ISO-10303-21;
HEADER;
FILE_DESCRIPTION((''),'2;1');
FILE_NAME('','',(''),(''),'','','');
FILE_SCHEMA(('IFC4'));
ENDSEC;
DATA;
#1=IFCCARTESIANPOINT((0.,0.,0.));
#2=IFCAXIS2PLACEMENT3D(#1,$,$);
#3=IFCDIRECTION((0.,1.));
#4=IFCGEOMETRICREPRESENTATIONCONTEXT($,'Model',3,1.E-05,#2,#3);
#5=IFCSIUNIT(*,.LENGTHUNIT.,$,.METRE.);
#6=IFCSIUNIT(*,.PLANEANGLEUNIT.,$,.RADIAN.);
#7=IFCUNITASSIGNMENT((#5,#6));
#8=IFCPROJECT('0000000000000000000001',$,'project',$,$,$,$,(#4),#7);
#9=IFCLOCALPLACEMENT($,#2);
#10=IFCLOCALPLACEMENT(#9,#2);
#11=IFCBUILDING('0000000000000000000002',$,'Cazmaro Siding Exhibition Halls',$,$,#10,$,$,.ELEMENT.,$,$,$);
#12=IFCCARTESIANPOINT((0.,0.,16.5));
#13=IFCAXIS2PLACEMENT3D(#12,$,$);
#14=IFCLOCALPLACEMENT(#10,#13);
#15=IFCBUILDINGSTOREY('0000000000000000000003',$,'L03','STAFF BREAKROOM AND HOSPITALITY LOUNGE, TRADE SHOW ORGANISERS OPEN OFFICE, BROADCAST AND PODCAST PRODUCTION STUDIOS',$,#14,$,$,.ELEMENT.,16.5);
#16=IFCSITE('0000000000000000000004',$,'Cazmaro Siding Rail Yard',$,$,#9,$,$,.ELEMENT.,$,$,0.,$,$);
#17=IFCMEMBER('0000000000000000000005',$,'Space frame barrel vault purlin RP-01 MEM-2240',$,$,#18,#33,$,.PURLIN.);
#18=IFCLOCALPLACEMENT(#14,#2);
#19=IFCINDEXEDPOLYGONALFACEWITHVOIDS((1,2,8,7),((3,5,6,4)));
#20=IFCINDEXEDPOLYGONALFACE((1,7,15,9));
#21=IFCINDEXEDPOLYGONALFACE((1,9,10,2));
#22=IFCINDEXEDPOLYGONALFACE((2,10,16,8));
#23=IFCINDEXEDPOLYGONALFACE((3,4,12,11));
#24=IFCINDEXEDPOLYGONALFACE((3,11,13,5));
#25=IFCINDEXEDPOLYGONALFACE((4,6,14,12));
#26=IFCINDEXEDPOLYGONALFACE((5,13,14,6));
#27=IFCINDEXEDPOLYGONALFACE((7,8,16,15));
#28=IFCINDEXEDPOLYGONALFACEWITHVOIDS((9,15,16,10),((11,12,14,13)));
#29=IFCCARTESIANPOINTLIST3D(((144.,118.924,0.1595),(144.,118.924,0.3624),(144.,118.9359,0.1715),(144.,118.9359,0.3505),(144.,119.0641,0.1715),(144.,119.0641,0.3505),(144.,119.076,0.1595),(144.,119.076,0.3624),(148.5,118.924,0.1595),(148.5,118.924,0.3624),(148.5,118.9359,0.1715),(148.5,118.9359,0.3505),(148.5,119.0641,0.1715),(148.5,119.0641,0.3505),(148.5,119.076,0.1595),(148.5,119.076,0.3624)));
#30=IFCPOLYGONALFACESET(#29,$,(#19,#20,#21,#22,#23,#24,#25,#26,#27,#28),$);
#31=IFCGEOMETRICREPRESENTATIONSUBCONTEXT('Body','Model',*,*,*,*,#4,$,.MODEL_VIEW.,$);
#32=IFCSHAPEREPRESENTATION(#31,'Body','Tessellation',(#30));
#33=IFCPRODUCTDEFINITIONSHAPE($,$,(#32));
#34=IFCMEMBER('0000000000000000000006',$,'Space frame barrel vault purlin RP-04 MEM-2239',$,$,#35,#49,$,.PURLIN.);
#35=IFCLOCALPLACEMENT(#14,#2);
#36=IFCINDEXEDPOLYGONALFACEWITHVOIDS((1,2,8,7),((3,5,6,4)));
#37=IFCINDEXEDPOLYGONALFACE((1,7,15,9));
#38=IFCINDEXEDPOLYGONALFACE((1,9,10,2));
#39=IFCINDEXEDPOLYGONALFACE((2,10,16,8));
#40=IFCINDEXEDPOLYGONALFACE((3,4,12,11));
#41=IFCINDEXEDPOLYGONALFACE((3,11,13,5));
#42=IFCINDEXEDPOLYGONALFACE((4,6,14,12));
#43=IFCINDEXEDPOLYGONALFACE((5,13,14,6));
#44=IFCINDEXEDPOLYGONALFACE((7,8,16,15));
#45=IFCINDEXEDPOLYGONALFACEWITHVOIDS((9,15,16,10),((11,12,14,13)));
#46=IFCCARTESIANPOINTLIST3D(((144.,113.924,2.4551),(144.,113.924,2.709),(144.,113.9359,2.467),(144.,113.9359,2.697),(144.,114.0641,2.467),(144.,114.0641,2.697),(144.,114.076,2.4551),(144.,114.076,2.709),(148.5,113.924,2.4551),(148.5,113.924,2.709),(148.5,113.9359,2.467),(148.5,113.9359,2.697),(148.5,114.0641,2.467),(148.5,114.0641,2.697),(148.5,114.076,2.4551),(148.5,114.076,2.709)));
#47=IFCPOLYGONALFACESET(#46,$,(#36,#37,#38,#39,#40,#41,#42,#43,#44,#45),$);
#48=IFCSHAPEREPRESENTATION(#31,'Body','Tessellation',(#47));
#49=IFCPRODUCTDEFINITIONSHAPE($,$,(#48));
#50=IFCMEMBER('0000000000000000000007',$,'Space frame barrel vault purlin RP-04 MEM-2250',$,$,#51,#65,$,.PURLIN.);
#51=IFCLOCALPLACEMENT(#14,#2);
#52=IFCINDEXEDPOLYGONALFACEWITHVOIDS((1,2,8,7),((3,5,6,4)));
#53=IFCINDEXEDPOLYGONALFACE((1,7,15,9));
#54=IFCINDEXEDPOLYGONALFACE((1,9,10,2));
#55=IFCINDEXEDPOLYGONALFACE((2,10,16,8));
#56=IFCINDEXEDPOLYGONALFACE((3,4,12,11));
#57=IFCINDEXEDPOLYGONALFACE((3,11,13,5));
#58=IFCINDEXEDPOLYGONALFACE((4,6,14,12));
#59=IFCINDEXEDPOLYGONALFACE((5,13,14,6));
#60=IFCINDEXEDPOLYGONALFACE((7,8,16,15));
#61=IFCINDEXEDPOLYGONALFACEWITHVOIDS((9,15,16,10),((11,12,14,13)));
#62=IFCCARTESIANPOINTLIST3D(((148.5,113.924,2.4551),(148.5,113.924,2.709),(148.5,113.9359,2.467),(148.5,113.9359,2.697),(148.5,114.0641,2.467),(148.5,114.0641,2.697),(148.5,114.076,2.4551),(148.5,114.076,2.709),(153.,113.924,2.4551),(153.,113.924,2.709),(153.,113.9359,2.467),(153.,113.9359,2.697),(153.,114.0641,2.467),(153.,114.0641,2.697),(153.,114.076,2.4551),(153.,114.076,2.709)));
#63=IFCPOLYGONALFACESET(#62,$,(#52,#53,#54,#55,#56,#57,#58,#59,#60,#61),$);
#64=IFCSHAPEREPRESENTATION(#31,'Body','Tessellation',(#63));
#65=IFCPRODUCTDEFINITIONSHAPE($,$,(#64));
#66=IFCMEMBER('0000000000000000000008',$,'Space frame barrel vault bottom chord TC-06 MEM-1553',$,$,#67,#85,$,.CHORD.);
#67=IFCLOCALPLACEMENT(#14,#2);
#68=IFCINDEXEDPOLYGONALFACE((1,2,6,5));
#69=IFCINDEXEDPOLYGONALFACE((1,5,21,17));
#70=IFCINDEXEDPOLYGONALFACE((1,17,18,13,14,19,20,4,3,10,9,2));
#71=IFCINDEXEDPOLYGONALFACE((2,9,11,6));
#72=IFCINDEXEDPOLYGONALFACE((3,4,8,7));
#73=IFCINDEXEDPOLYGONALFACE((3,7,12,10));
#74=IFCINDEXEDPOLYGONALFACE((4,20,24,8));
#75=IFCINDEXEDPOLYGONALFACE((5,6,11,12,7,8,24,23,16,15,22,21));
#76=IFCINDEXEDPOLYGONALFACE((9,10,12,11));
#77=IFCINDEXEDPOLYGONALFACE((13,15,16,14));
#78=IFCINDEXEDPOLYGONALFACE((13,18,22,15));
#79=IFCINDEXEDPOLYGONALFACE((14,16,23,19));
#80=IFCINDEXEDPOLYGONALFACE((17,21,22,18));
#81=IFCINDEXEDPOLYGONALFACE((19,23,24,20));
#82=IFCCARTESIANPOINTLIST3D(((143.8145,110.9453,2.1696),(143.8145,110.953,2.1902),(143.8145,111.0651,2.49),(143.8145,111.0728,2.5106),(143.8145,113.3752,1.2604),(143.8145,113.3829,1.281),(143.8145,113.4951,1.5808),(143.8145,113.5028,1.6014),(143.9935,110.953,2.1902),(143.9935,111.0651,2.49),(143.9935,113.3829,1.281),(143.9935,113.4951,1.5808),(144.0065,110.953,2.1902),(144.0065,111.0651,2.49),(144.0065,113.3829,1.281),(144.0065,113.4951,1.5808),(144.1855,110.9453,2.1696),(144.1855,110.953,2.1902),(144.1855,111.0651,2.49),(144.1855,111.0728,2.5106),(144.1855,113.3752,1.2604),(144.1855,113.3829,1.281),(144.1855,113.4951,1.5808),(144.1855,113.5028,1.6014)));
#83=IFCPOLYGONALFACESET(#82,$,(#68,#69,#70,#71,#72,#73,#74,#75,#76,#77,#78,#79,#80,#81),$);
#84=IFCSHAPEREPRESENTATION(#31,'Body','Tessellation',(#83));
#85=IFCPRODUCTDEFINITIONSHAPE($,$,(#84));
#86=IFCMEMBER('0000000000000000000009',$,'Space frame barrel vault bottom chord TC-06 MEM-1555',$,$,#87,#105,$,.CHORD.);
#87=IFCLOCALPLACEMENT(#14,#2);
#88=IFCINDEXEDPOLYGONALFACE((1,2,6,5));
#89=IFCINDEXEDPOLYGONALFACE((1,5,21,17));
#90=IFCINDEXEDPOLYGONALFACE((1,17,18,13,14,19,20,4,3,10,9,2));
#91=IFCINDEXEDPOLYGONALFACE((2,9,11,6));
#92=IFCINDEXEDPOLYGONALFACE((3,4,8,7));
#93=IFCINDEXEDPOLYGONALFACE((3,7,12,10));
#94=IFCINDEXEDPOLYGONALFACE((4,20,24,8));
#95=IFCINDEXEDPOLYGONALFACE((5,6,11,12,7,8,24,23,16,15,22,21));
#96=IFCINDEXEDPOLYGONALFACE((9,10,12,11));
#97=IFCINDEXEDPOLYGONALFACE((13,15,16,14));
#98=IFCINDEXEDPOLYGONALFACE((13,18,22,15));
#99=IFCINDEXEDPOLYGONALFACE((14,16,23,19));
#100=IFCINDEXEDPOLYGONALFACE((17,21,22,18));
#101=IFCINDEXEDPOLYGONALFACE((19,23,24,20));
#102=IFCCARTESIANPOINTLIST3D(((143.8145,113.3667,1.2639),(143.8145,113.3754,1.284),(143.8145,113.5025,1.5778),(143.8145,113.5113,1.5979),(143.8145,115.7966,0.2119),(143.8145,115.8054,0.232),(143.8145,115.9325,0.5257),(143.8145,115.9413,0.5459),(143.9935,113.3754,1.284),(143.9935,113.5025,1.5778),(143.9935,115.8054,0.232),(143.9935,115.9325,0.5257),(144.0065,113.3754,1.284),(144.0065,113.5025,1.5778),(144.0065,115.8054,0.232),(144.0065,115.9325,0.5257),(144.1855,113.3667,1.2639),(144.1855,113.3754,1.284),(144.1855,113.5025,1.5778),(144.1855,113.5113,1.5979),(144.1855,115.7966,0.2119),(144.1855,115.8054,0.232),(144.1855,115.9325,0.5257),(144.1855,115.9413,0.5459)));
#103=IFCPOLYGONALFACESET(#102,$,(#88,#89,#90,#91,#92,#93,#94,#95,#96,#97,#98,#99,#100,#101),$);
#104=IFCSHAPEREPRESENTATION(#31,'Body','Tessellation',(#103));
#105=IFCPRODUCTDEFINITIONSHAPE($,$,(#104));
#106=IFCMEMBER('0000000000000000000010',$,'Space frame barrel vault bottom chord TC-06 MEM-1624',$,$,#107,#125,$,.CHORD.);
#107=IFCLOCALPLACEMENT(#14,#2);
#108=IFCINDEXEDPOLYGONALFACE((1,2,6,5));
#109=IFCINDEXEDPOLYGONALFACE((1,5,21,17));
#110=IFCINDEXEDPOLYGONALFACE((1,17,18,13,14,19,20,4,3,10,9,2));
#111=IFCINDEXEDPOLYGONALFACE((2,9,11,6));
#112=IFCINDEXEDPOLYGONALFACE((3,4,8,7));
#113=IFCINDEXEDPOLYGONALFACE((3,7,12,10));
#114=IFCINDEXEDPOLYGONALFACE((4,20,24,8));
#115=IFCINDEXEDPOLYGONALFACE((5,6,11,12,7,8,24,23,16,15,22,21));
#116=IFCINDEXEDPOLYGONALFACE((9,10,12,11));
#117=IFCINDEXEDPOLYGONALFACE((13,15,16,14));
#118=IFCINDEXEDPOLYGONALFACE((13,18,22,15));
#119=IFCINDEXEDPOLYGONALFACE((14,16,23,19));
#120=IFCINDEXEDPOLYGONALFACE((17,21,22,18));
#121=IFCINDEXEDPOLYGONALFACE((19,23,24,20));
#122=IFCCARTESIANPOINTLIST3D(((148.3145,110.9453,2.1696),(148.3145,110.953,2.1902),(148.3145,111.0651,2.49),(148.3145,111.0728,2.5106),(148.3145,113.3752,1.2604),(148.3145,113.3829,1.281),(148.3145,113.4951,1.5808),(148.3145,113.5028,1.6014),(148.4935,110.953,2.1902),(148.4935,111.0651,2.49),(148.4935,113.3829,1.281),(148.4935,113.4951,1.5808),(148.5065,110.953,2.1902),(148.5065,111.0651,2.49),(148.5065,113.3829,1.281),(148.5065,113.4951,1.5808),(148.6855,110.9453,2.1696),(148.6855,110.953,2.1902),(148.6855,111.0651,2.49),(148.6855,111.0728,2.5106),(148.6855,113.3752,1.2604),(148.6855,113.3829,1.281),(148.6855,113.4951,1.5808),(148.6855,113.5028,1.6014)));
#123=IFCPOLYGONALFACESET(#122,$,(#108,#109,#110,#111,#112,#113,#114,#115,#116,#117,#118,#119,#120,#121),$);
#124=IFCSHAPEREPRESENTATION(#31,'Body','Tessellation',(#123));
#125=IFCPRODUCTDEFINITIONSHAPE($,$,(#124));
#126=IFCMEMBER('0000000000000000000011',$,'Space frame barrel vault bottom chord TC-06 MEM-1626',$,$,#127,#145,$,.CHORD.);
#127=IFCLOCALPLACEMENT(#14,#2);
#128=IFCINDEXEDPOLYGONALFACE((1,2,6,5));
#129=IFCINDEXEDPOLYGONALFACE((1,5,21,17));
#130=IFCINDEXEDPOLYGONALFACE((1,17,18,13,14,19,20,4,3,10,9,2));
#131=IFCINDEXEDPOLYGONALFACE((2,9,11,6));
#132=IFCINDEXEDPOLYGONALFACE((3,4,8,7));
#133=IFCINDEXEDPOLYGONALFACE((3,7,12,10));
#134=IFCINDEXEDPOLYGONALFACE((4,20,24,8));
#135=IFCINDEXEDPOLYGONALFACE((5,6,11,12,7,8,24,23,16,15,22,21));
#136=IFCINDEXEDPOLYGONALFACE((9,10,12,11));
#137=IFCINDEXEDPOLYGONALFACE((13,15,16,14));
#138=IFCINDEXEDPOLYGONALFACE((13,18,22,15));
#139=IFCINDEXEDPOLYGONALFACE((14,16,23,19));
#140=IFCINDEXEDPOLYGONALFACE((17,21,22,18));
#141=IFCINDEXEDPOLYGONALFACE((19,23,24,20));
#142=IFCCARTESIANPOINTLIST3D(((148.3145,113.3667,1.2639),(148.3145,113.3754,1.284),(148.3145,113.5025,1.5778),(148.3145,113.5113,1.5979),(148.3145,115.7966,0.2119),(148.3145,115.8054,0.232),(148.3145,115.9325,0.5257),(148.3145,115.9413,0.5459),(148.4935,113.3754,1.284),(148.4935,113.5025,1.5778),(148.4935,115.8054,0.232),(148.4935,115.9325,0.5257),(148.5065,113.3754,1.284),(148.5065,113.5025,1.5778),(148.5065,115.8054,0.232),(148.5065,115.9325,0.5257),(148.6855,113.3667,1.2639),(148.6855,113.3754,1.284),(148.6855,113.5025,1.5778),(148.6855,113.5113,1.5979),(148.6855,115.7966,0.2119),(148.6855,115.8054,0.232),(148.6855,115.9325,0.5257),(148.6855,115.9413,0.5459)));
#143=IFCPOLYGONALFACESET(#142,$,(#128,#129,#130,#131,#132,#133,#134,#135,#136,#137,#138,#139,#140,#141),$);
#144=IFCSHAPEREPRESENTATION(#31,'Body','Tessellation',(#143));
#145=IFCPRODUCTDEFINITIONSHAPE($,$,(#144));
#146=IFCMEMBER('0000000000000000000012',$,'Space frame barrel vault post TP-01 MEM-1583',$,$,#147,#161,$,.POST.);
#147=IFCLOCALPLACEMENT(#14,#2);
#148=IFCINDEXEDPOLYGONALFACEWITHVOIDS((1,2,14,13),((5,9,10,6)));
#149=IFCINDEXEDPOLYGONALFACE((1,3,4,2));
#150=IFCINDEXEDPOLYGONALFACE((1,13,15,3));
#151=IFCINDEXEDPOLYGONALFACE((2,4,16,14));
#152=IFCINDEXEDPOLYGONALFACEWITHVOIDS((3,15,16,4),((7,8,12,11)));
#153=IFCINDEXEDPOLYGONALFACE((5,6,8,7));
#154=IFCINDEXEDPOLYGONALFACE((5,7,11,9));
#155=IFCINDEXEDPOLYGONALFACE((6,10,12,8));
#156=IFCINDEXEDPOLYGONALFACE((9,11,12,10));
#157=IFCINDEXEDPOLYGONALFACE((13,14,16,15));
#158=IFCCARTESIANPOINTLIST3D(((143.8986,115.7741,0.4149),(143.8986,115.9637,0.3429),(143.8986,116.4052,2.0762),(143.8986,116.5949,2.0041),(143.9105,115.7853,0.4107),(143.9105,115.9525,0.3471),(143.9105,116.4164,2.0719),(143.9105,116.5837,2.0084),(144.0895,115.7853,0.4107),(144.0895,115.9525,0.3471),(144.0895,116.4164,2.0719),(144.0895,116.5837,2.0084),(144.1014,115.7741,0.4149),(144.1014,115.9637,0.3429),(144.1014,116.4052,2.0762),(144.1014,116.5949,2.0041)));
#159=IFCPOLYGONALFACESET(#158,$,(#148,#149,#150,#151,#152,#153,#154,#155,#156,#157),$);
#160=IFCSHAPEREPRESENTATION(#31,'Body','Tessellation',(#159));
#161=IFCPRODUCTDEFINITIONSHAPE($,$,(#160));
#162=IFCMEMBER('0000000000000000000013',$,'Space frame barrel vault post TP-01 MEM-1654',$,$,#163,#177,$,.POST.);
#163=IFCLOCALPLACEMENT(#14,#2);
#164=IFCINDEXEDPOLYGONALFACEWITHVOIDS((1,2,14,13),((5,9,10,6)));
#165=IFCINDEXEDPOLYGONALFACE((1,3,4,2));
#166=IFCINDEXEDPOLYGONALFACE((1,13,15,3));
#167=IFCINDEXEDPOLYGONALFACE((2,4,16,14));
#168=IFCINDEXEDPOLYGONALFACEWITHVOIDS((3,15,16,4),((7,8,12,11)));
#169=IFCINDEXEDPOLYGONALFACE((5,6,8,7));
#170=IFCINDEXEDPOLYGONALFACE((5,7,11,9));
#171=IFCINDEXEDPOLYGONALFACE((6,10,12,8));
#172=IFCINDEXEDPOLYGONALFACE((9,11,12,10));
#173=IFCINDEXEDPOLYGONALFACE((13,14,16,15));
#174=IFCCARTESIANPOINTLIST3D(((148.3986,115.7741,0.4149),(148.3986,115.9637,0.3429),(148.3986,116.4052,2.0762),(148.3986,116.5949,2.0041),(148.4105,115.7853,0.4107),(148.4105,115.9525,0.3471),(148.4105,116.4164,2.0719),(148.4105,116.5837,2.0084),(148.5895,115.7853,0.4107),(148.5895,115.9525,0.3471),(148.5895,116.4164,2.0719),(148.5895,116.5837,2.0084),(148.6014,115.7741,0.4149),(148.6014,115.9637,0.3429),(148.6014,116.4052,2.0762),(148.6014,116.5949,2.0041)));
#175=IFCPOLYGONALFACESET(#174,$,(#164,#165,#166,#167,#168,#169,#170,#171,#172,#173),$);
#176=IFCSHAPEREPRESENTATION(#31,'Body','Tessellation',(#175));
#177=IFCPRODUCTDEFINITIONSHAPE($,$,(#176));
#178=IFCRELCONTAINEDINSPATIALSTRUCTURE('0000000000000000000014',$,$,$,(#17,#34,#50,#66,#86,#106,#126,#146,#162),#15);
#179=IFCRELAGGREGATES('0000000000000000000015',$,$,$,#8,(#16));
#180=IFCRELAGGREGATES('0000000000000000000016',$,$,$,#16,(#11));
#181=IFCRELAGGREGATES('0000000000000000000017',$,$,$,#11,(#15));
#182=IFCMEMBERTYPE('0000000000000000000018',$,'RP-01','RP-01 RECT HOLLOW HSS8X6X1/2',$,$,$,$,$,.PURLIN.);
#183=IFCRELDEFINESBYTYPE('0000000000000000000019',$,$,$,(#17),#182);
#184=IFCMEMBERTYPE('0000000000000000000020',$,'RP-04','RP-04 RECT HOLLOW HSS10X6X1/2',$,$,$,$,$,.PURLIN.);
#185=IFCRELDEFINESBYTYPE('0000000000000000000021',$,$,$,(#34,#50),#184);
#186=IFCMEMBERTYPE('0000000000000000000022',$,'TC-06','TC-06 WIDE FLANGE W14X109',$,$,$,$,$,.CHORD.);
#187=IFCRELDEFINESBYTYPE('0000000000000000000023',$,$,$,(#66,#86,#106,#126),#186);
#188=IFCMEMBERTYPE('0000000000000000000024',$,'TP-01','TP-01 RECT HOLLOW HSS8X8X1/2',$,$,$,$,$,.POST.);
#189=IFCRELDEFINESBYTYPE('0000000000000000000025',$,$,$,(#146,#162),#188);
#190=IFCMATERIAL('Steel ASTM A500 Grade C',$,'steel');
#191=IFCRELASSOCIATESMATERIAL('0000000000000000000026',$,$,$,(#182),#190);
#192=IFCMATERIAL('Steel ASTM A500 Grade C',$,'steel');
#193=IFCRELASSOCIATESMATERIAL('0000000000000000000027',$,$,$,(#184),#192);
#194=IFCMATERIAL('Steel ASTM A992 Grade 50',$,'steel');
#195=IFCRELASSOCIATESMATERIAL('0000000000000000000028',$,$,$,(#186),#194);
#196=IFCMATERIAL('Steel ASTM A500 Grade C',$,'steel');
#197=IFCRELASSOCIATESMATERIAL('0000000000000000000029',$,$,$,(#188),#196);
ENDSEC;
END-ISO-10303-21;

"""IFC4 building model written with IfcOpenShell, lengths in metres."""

from ifc_helpers import new_model, si_unit, direction, frame, origin, origin_2d, place, context, subcontext, project, spatial, hollow_rectangle, i_section, extrude, material, material_profile, profile_set, type_object, element, save


model = new_model("IFC4")

# Units and contexts
model_context = context("Model", 3, precision=1e-05, world=origin(), true_north=direction((0.0, 1.0)))
body_context = subcontext(model_context, "Body", "Model", "MODEL_VIEW")
ifc_project = project(units=[si_unit("LENGTHUNIT", "METRE"), si_unit("PLANEANGLEUNIT", "RADIAN")], contexts=[model_context])

# Site, building, storey
site_placement = place(None, origin())
site = spatial("IfcSite", under=ifc_project, at=site_placement, Name="Cazmaro Siding Rail Yard", CompositionType="ELEMENT", RefElevation=0.0)
building_placement = place(site_placement, origin())
building = spatial("IfcBuilding", under=site, at=building_placement, Name="Cazmaro Siding Exhibition Halls", CompositionType="ELEMENT")
storey_placement = place(building_placement, frame((0.0, 0.0, 16.5)))
storey = spatial("IfcBuildingStorey", under=building, at=storey_placement, Name="L03", Description="STAFF BREAKROOM AND HOSPITALITY LOUNGE, TRADE SHOW ORGANISERS OPEN OFFICE, BROADCAST AND PODCAST PRODUCTION STUDIOS", CompositionType="ELEMENT", Elevation=16.5)

# Members
ifc_material_1 = material(Name="Steel ASTM A500 Grade C", Category="steel")
ifc_material_profile_1 = material_profile(ifc_material_1, hollow_rectangle(XDim=0.1521, YDim=0.2029, WallThickness=0.012, at=origin_2d()), Name="HSS8X6X1/2")
ifc_profile_set_1 = profile_set([ifc_material_profile_1], Name="Steel ASTM A500 Grade C")
member_type_1 = type_object("IfcMemberType", Name="RP-01", Description="RP-01 RECT HOLLOW HSS8X6X1/2", PredefinedType="PURLIN", material=ifc_profile_set_1)
member_1_placement = place(storey_placement, frame((144.0, 119.0, 0.261), z_axis=(1.0, 0.0, 0.0), x_axis=(0.0, 1.0, 0.0)))
element("IfcMember", 1, at=member_1_placement, inside=storey, type_object=member_type_1, Name="Space frame barrel vault purlin RP-01 MEM-2240", PredefinedType="PURLIN", context=body_context, shape_type="SweptSolid", body=[
    extrude(hollow_rectangle(XDim=0.1521, YDim=0.2029, WallThickness=0.012, at=origin_2d()), origin(), (0.0, 0.0, 1.0), 4.5),
])
ifc_material_2 = material(Name="Steel ASTM A500 Grade C", Category="steel")
ifc_material_profile_2 = material_profile(ifc_material_2, hollow_rectangle(XDim=0.1521, YDim=0.2539, WallThickness=0.012, at=origin_2d()), Name="HSS10X6X1/2")
ifc_profile_set_2 = profile_set([ifc_material_profile_2], Name="Steel ASTM A500 Grade C")
member_type_2 = type_object("IfcMemberType", Name="RP-04", Description="RP-04 RECT HOLLOW HSS10X6X1/2", PredefinedType="PURLIN", material=ifc_profile_set_2)
for number, where, z_axis, x_axis, name in (
    (2, (144.0, 114.0, 2.582), (1.0, 0.0, 0.0), (0.0, 1.0, 0.0), "Space frame barrel vault purlin RP-04 MEM-2239"),
    (3, (148.5, 114.0, 2.582), (1.0, 0.0, 0.0), (0.0, 1.0, 0.0), "Space frame barrel vault purlin RP-04 MEM-2250"),
):
    element("IfcMember", number, at=place(storey_placement, frame(where, z_axis=z_axis, x_axis=x_axis)), inside=storey, type_object=member_type_2, Name=name, PredefinedType="PURLIN", context=body_context, shape_type="SweptSolid", body=[
        extrude(hollow_rectangle(XDim=0.1521, YDim=0.2539, WallThickness=0.012, at=origin_2d()), origin(), (0.0, 0.0, 1.0), 4.5),
    ])
ifc_material_3 = material(Name="Steel ASTM A992 Grade 50", Category="steel")
ifc_material_profile_3 = material_profile(ifc_material_3, i_section(OverallWidth=0.3711, OverallDepth=0.364, WebThickness=0.0129, FlangeThickness=0.022, at=origin_2d()), Name="W14X109")
ifc_profile_set_3 = profile_set([ifc_material_profile_3], Name="Steel ASTM A992 Grade 50")
member_type_3 = type_object("IfcMemberType", Name="TC-06", Description="TC-06 WIDE FLANGE W14X109", PredefinedType="CHORD", material=ifc_profile_set_3)
member_2_placement = place(storey_placement, frame((144.0, 111.009, 2.3401), z_axis=(0.0, 0.936588, -0.350432), x_axis=(-1.0, 0.0, 0.0)))
element("IfcMember", 4, at=member_2_placement, inside=storey, type_object=member_type_3, Name="Space frame barrel vault bottom chord TC-06 MEM-1553", PredefinedType="CHORD", context=body_context, shape_type="SweptSolid", body=[
    extrude(i_section(OverallWidth=0.3711, OverallDepth=0.364, WebThickness=0.0129, FlangeThickness=0.022, at=origin_2d()), origin(), (0.0, 0.0, 1.0), 2.5945),
])
member_3_placement = place(storey_placement, frame((144.0, 113.439, 1.4309), z_axis=(0.0, 0.917689, -0.397299), x_axis=(-1.0, 0.0, 0.0)))
element("IfcMember", 5, at=member_3_placement, inside=storey, type_object=member_type_3, Name="Space frame barrel vault bottom chord TC-06 MEM-1555", PredefinedType="CHORD", context=body_context, shape_type="SweptSolid", body=[
    extrude(i_section(OverallWidth=0.3711, OverallDepth=0.364, WebThickness=0.0129, FlangeThickness=0.022, at=origin_2d()), origin(), (0.0, 0.0, 1.0), 2.6479),
])
member_4_placement = place(storey_placement, frame((148.5, 111.009, 2.3401), z_axis=(0.0, 0.936588, -0.350432), x_axis=(-1.0, 0.0, 0.0)))
element("IfcMember", 6, at=member_4_placement, inside=storey, type_object=member_type_3, Name="Space frame barrel vault bottom chord TC-06 MEM-1624", PredefinedType="CHORD", context=body_context, shape_type="SweptSolid", body=[
    extrude(i_section(OverallWidth=0.3711, OverallDepth=0.364, WebThickness=0.0129, FlangeThickness=0.022, at=origin_2d()), origin(), (0.0, 0.0, 1.0), 2.5945),
])
member_5_placement = place(storey_placement, frame((148.5, 113.439, 1.4309), z_axis=(0.0, 0.917689, -0.397299), x_axis=(-1.0, 0.0, 0.0)))
element("IfcMember", 7, at=member_5_placement, inside=storey, type_object=member_type_3, Name="Space frame barrel vault bottom chord TC-06 MEM-1626", PredefinedType="CHORD", context=body_context, shape_type="SweptSolid", body=[
    extrude(i_section(OverallWidth=0.3711, OverallDepth=0.364, WebThickness=0.0129, FlangeThickness=0.022, at=origin_2d()), origin(), (0.0, 0.0, 1.0), 2.6479),
])
ifc_material_4 = material(Name="Steel ASTM A500 Grade C", Category="steel")
ifc_material_profile_4 = material_profile(ifc_material_4, hollow_rectangle(XDim=0.2029, YDim=0.2029, WallThickness=0.012, at=origin_2d()), Name="HSS8X8X1/2")
ifc_profile_set_4 = profile_set([ifc_material_profile_4], Name="Steel ASTM A500 Grade C")
member_type_4 = type_object("IfcMemberType", Name="TP-01", Description="TP-01 RECT HOLLOW HSS8X8X1/2", PredefinedType="POST", material=ifc_profile_set_4)
for number, where, z_axis, x_axis, name in (
    (8, (144.0, 115.8689, 0.3789), (0.0, 0.355155, 0.934807), (-1.0, 0.0, 0.0), "Space frame barrel vault post TP-01 MEM-1583"),
    (9, (148.5, 115.8689, 0.3789), (0.0, 0.355155, 0.934807), (-1.0, 0.0, 0.0), "Space frame barrel vault post TP-01 MEM-1654"),
):
    element("IfcMember", number, at=place(storey_placement, frame(where, z_axis=z_axis, x_axis=x_axis)), inside=storey, type_object=member_type_4, Name=name, PredefinedType="POST", context=body_context, shape_type="SweptSolid", body=[
        extrude(hollow_rectangle(XDim=0.2029, YDim=0.2029, WallThickness=0.012, at=origin_2d()), origin(), (0.0, 0.0, 1.0), 1.7771),
    ])

save(model, "model.ifc")
